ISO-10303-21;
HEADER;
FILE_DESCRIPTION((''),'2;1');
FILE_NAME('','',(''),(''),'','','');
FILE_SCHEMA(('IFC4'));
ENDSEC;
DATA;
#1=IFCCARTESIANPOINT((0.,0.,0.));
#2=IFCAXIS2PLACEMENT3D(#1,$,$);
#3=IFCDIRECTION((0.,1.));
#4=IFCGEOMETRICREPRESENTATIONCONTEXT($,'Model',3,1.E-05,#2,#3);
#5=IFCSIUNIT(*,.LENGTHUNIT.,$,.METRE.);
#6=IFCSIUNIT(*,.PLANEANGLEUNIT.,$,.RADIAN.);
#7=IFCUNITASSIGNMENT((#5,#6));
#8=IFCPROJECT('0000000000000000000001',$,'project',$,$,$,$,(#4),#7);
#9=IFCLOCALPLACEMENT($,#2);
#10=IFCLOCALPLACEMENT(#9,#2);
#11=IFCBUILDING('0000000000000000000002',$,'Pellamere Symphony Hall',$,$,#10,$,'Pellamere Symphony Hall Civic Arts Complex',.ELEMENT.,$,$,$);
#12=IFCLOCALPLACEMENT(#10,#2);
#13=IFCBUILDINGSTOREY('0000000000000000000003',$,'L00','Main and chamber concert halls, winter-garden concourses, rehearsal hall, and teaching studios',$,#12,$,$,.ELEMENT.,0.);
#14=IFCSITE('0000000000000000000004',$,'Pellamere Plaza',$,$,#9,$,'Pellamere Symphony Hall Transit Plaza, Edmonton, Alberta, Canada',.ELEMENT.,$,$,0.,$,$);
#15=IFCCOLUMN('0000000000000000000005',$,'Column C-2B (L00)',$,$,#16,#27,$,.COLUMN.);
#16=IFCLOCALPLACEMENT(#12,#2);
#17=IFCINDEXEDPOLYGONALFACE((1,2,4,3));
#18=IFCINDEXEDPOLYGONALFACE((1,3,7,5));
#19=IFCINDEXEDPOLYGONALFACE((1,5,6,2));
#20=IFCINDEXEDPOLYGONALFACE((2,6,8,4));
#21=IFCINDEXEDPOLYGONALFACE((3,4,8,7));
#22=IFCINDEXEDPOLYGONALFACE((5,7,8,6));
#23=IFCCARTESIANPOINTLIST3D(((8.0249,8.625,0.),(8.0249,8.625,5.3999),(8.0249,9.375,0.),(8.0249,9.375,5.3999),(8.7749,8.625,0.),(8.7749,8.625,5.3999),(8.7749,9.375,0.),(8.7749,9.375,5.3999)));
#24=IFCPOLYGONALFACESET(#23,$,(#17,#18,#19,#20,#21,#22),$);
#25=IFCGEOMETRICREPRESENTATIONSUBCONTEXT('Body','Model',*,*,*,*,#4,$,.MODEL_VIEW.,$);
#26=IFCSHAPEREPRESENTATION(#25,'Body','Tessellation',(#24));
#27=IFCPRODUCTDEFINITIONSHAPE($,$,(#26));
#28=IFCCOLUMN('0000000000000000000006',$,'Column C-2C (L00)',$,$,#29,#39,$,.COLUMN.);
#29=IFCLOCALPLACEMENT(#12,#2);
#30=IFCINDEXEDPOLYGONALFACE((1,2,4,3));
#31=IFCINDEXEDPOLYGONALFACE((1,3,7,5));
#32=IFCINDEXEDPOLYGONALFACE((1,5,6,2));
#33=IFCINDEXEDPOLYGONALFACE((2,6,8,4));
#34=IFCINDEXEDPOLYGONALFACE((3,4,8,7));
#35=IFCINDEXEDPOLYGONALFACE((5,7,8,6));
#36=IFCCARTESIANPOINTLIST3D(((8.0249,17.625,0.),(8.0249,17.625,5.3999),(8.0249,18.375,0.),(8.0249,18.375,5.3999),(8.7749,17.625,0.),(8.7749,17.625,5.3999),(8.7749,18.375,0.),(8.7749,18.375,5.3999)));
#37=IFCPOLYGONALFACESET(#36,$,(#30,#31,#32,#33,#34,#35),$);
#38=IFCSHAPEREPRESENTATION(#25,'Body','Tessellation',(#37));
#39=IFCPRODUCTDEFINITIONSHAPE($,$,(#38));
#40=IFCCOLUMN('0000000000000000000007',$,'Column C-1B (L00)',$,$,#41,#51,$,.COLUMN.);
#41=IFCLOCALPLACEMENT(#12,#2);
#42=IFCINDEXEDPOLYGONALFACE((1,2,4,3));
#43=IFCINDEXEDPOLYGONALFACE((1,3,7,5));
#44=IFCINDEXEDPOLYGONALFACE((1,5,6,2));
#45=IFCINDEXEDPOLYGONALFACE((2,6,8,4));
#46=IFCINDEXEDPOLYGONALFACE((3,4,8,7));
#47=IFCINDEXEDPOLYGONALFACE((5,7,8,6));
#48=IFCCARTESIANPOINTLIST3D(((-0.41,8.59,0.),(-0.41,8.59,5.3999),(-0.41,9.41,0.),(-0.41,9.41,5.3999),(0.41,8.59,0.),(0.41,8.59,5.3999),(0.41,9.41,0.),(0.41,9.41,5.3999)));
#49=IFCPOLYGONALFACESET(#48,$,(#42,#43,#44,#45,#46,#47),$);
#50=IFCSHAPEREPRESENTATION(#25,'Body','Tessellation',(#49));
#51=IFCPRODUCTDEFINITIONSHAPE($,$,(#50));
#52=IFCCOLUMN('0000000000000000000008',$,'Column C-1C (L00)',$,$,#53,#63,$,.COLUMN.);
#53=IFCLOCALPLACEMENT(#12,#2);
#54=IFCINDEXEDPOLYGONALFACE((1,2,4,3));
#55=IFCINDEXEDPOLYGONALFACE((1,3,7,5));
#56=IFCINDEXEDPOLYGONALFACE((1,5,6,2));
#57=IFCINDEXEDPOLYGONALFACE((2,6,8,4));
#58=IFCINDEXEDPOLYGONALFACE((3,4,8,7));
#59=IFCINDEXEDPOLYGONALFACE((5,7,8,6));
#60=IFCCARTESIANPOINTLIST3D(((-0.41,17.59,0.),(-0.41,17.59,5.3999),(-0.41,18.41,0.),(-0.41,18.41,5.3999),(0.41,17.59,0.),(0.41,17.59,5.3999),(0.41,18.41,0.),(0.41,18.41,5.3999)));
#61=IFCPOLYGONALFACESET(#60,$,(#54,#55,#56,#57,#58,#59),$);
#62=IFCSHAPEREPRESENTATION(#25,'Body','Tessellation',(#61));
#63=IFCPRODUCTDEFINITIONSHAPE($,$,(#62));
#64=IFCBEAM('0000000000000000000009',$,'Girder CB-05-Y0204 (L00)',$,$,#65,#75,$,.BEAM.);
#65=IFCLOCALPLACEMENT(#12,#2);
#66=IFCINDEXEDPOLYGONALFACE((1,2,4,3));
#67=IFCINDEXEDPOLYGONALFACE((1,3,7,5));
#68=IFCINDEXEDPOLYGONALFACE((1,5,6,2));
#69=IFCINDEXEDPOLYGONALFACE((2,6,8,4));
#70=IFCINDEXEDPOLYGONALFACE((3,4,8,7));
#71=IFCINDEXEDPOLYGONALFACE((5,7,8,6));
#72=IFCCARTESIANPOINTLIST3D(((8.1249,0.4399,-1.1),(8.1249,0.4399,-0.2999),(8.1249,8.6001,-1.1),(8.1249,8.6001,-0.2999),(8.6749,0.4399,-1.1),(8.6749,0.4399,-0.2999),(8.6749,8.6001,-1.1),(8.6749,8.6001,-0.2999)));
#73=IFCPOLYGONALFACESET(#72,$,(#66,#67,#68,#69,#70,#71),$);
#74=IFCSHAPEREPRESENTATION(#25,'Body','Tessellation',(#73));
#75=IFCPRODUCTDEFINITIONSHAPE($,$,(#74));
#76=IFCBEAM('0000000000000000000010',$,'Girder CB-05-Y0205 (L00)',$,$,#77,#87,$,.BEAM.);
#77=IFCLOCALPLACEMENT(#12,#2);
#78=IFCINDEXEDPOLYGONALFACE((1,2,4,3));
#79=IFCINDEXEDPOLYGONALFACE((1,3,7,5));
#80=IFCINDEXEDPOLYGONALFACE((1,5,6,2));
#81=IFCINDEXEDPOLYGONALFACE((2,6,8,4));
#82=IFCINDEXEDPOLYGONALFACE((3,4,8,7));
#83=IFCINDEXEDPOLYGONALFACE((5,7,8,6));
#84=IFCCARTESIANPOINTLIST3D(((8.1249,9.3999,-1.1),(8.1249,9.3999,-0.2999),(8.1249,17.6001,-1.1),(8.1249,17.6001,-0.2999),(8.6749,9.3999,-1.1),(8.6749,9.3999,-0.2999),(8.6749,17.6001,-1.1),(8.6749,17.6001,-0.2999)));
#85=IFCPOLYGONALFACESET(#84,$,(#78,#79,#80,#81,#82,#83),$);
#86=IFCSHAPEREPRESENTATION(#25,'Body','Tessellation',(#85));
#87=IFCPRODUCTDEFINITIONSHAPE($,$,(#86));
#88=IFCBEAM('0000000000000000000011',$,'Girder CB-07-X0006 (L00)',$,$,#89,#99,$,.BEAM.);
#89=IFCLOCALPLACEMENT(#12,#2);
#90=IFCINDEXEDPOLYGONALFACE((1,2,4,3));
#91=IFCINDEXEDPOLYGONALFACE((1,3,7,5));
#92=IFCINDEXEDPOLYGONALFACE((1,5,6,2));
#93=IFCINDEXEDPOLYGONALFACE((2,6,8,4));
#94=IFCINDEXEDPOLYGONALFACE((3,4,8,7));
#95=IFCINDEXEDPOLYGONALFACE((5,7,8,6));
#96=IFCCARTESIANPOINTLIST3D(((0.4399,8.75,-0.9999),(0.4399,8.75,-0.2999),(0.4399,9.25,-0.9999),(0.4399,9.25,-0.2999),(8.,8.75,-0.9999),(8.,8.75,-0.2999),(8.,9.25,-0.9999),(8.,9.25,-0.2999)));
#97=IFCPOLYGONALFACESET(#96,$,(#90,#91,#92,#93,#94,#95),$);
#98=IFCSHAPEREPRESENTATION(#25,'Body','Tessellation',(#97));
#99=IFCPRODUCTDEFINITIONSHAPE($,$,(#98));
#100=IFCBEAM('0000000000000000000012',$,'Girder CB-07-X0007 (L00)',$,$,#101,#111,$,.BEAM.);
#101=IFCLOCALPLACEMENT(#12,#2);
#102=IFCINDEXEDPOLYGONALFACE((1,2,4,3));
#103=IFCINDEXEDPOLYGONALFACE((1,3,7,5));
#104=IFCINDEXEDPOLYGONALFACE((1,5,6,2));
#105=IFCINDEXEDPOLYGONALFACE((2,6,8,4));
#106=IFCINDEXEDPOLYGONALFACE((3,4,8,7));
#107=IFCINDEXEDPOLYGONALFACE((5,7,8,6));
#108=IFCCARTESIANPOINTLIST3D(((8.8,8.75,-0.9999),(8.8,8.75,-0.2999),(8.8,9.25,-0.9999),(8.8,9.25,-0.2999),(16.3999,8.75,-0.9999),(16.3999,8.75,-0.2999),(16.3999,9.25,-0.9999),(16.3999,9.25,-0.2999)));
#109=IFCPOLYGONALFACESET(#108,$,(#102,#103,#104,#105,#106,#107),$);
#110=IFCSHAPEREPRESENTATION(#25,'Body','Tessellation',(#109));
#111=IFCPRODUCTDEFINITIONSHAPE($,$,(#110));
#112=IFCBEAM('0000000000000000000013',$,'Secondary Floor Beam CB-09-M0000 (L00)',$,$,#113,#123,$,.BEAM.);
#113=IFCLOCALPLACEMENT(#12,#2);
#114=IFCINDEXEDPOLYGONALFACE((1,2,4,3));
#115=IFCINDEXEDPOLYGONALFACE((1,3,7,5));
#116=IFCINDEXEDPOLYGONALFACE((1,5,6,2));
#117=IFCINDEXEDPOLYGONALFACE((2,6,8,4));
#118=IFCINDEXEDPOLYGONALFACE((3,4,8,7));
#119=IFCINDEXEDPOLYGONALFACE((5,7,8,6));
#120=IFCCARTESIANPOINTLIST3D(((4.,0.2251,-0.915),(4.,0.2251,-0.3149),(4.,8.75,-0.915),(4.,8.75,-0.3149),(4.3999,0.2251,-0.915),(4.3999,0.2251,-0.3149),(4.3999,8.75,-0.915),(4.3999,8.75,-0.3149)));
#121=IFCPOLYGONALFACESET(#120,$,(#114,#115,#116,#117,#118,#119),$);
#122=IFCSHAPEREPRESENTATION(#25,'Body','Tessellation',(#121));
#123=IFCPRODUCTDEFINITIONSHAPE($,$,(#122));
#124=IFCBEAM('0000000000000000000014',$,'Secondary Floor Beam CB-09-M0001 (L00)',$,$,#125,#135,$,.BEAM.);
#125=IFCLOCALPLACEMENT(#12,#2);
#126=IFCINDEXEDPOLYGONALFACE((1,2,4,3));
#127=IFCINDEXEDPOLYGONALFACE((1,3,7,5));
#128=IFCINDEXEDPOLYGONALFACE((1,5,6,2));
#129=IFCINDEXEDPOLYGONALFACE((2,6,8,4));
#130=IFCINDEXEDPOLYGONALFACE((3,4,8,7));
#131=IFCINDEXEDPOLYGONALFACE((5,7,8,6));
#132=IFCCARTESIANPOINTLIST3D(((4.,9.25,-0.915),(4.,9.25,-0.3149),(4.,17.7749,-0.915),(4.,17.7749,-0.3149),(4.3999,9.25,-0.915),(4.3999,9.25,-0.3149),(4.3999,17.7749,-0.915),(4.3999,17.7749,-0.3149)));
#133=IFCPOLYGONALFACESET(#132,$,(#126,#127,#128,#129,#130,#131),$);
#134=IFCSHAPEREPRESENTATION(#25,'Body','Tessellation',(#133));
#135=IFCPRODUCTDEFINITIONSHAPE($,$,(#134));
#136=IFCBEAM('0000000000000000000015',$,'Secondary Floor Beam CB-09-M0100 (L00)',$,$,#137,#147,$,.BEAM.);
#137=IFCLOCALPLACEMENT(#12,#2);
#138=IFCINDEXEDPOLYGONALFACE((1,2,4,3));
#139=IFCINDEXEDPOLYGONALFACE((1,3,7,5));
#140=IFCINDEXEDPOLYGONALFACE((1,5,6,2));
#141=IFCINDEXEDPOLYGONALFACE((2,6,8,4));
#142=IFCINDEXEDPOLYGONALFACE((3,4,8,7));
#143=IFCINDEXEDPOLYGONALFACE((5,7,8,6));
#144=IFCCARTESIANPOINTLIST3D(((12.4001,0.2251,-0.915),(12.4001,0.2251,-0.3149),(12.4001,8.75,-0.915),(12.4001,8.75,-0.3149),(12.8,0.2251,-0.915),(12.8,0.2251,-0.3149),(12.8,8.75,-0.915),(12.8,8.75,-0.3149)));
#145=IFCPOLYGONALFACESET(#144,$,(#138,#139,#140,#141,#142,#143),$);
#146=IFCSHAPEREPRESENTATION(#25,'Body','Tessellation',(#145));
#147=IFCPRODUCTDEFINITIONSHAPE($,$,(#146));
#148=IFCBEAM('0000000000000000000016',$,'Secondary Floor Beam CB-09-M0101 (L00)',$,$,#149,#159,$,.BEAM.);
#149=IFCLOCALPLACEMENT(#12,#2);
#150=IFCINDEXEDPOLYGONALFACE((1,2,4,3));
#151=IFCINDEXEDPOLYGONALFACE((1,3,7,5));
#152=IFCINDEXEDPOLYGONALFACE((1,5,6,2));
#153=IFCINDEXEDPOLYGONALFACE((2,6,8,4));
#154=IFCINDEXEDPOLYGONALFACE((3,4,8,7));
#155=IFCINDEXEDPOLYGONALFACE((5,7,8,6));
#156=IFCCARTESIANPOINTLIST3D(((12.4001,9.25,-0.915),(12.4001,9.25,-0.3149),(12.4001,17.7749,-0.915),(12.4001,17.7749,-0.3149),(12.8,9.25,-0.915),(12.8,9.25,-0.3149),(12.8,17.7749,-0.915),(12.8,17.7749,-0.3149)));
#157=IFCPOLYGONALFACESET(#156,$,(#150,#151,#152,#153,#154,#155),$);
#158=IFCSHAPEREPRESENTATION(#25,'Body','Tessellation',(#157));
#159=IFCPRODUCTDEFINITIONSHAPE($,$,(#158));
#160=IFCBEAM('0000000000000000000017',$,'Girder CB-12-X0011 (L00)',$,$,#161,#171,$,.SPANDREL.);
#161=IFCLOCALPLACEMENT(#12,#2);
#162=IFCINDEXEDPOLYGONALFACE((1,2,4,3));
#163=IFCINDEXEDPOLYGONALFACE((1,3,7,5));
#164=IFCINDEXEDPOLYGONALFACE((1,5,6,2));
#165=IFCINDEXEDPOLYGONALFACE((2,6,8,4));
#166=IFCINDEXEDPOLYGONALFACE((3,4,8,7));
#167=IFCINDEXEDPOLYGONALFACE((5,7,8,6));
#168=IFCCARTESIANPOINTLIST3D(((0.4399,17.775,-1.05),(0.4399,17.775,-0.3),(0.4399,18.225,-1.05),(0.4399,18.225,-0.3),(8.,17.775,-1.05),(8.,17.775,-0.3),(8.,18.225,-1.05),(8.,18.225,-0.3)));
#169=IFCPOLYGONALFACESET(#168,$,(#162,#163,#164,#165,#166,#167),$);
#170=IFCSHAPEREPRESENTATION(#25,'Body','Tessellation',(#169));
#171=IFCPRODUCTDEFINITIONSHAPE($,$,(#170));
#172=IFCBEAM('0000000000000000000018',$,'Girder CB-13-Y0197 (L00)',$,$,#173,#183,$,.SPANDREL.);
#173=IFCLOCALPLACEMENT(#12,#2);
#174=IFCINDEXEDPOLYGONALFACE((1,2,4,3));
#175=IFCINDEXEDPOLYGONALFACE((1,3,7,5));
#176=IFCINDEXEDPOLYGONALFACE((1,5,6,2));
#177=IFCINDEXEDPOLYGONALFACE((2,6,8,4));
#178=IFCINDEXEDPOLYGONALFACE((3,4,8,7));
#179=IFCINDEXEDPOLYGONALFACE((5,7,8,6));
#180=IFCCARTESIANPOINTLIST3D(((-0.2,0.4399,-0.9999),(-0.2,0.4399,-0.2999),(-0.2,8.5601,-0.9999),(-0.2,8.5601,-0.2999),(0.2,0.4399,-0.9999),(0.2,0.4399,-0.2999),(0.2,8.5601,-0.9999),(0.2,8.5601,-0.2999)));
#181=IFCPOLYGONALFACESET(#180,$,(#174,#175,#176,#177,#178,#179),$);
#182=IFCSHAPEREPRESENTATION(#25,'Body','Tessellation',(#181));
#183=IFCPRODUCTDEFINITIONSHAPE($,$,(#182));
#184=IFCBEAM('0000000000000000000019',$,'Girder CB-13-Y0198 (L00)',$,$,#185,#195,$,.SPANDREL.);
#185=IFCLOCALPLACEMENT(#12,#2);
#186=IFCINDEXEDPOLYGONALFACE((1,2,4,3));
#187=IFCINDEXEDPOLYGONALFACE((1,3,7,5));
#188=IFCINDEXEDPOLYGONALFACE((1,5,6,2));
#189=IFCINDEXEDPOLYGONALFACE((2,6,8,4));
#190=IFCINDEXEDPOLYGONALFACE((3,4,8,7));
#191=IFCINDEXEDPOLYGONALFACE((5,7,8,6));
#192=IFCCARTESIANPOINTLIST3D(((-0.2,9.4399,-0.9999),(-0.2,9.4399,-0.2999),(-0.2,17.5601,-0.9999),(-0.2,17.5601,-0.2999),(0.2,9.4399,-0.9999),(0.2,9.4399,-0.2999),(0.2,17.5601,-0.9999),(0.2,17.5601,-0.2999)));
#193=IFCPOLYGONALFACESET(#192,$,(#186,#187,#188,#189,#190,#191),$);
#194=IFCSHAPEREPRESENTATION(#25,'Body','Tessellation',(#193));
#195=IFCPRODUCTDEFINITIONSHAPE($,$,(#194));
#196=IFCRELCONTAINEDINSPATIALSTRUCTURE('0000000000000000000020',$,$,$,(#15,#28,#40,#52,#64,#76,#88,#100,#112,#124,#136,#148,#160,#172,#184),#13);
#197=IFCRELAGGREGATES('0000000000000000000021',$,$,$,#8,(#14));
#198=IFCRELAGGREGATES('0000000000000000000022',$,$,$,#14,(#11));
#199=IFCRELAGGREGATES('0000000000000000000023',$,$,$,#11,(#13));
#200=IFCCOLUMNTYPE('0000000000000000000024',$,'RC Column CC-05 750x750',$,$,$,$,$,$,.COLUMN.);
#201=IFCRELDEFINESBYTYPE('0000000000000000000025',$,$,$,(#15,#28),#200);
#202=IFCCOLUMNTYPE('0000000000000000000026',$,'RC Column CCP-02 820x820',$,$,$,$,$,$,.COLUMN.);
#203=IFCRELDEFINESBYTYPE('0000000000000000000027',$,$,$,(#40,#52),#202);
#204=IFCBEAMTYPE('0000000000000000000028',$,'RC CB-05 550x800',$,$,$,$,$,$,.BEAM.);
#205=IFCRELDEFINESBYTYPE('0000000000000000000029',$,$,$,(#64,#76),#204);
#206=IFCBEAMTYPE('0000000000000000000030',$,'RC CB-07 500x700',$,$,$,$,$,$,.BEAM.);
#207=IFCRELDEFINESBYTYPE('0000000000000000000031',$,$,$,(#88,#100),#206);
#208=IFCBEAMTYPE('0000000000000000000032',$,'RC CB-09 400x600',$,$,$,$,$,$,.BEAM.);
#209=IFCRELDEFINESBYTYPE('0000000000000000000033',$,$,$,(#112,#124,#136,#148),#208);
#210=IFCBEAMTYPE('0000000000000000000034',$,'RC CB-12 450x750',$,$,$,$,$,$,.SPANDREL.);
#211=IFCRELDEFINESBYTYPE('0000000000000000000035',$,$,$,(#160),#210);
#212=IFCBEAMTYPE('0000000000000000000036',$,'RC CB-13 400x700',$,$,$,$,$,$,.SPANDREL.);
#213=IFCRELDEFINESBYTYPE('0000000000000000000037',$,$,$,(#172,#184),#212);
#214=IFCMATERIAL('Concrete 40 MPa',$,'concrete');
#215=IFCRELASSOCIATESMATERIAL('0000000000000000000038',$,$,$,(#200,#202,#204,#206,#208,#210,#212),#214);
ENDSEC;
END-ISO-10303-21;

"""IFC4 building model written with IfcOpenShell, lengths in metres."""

from ifc_helpers import new_model, si_unit, direction, frame, origin, origin_2d, place, context, subcontext, project, spatial, rectangle, extrude, material, material_profile, profile_set, type_object, element, save


model = new_model("IFC4")

# Units and contexts
model_context = context("Model", 3, precision=1e-05, world=origin(), true_north=direction((0.0, 1.0)))
body_context = subcontext(model_context, "Body", "Model", "MODEL_VIEW")
ifc_project = project(units=[si_unit("LENGTHUNIT", "METRE"), si_unit("PLANEANGLEUNIT", "RADIAN")], contexts=[model_context])

# Site, building, storey
site_placement = place(None, origin())
site = spatial("IfcSite", under=ifc_project, at=site_placement, Name="Pellamere Plaza", LongName="Pellamere Symphony Hall Transit Plaza, Edmonton, Alberta, Canada", CompositionType="ELEMENT", RefElevation=0.0)
building_placement = place(site_placement, origin())
building = spatial("IfcBuilding", under=site, at=building_placement, Name="Pellamere Symphony Hall", LongName="Pellamere Symphony Hall Civic Arts Complex", CompositionType="ELEMENT")
storey_placement = place(building_placement, origin())
storey = spatial("IfcBuildingStorey", under=building, at=storey_placement, Name="L00", Description="Main and chamber concert halls, winter-garden concourses, rehearsal hall, and teaching studios", CompositionType="ELEMENT", Elevation=0.0)

# Columns
ifc_material_1 = material(Name="Concrete 40 MPa", Category="concrete")
ifc_material_profile_1 = material_profile(ifc_material_1, rectangle(XDim=0.75, YDim=0.75, at=origin_2d()), Name="RC 750x750")
ifc_profile_set_1 = profile_set([ifc_material_profile_1], Name="Concrete 40 MPa")
column_type_1 = type_object("IfcColumnType", Name="RC Column CC-05 750x750", PredefinedType="COLUMN", material=ifc_profile_set_1)
for number, where, z_axis, x_axis, name in (
    (1, (8.3999, 9.0, 0.0), (0.0, 0.0, 1.0), (1.0, 0.0, 0.0), "Column C-2B (L00)"),
    (2, (8.3999, 18.0, 0.0), (0.0, 0.0, 1.0), (1.0, 0.0, 0.0), "Column C-2C (L00)"),
):
    element("IfcColumn", number, at=place(storey_placement, frame(where, z_axis=z_axis, x_axis=x_axis)), inside=storey, type_object=column_type_1, Name=name, PredefinedType="COLUMN", context=body_context, shape_type="SweptSolid", body=[
        extrude(rectangle(XDim=0.75, YDim=0.75, at=origin_2d()), origin(), (0.0, 0.0, 1.0), 5.3999),
    ])
ifc_material_profile_2 = material_profile(ifc_material_1, rectangle(XDim=0.8201, YDim=0.8201, at=origin_2d()), Name="RC 820x820")
ifc_profile_set_2 = profile_set([ifc_material_profile_2], Name="Concrete 40 MPa")
column_type_2 = type_object("IfcColumnType", Name="RC Column CCP-02 820x820", PredefinedType="COLUMN", material=ifc_profile_set_2)
for number, where, z_axis, x_axis, name in (
    (3, (0.0, 9.0, 0.0), (0.0, 0.0, 1.0), (1.0, 0.0, 0.0), "Column C-1B (L00)"),
    (4, (0.0, 18.0, 0.0), (0.0, 0.0, 1.0), (1.0, 0.0, 0.0), "Column C-1C (L00)"),
):
    element("IfcColumn", number, at=place(storey_placement, frame(where, z_axis=z_axis, x_axis=x_axis)), inside=storey, type_object=column_type_2, Name=name, PredefinedType="COLUMN", context=body_context, shape_type="SweptSolid", body=[
        extrude(rectangle(XDim=0.8201, YDim=0.8201, at=origin_2d()), origin(), (0.0, 0.0, 1.0), 5.3999),
    ])

# Beams
ifc_material_profile_3 = material_profile(ifc_material_1, rectangle(XDim=0.55, YDim=0.8, at=origin_2d()), Name="RC 550x800")
ifc_profile_set_3 = profile_set([ifc_material_profile_3], Name="Concrete 40 MPa")
beam_type_1 = type_object("IfcBeamType", Name="RC CB-05 550x800", PredefinedType="BEAM", material=ifc_profile_set_3)
beam_1_placement = place(storey_placement, frame((8.3999, 0.4399, -0.7), z_axis=(0.0, 1.0, 0.0), x_axis=(-1.0, 0.0, 0.0)))
element("IfcBeam", 5, at=beam_1_placement, inside=storey, type_object=beam_type_1, Name="Girder CB-05-Y0204 (L00)", PredefinedType="BEAM", context=body_context, shape_type="SweptSolid", body=[
    extrude(rectangle(XDim=0.55, YDim=0.8, at=origin_2d()), origin(), (0.0, 0.0, 1.0), 8.1602),
])
beam_2_placement = place(storey_placement, frame((8.3999, 9.3999, -0.7), z_axis=(0.0, 1.0, 0.0), x_axis=(-1.0, 0.0, 0.0)))
element("IfcBeam", 6, at=beam_2_placement, inside=storey, type_object=beam_type_1, Name="Girder CB-05-Y0205 (L00)", PredefinedType="BEAM", context=body_context, shape_type="SweptSolid", body=[
    extrude(rectangle(XDim=0.55, YDim=0.8, at=origin_2d()), origin(), (0.0, 0.0, 1.0), 8.2002),
])
ifc_material_profile_4 = material_profile(ifc_material_1, rectangle(XDim=0.5, YDim=0.7, at=origin_2d()), Name="RC 500x700")
ifc_profile_set_4 = profile_set([ifc_material_profile_4], Name="Concrete 40 MPa")
beam_type_2 = type_object("IfcBeamType", Name="RC CB-07 500x700", PredefinedType="BEAM", material=ifc_profile_set_4)
beam_3_placement = place(storey_placement, frame((0.4399, 9.0, -0.6499), z_axis=(1.0, 0.0, 0.0), x_axis=(0.0, 1.0, 0.0)))
element("IfcBeam", 7, at=beam_3_placement, inside=storey, type_object=beam_type_2, Name="Girder CB-07-X0006 (L00)", PredefinedType="BEAM", context=body_context, shape_type="SweptSolid", body=[
    extrude(rectangle(XDim=0.5, YDim=0.7, at=origin_2d()), origin(), (0.0, 0.0, 1.0), 7.5601),
])
beam_4_placement = place(storey_placement, frame((8.8, 9.0, -0.6499), z_axis=(1.0, 0.0, 0.0), x_axis=(0.0, 1.0, 0.0)))
element("IfcBeam", 8, at=beam_4_placement, inside=storey, type_object=beam_type_2, Name="Girder CB-07-X0007 (L00)", PredefinedType="BEAM", context=body_context, shape_type="SweptSolid", body=[
    extrude(rectangle(XDim=0.5, YDim=0.7, at=origin_2d()), origin(), (0.0, 0.0, 1.0), 7.5999),
])
ifc_material_profile_5 = material_profile(ifc_material_1, rectangle(XDim=0.3999, YDim=0.6001, at=origin_2d()), Name="RC 400x600")
ifc_profile_set_5 = profile_set([ifc_material_profile_5], Name="Concrete 40 MPa")
beam_type_3 = type_object("IfcBeamType", Name="RC CB-09 400x600", PredefinedType="BEAM", material=ifc_profile_set_5)
for number, where, z_axis, x_axis, name in (
    (9, (4.2, 0.2251, -0.615), (0.0, 1.0, 0.0), (-1.0, 0.0, 0.0), "Secondary Floor Beam CB-09-M0000 (L00)"),
    (10, (4.2, 9.25, -0.615), (0.0, 1.0, 0.0), (-1.0, 0.0, 0.0), "Secondary Floor Beam CB-09-M0001 (L00)"),
    (11, (12.6001, 0.2251, -0.615), (0.0, 1.0, 0.0), (-1.0, 0.0, 0.0), "Secondary Floor Beam CB-09-M0100 (L00)"),
    (12, (12.6001, 9.25, -0.615), (0.0, 1.0, 0.0), (-1.0, 0.0, 0.0), "Secondary Floor Beam CB-09-M0101 (L00)"),
):
    element("IfcBeam", number, at=place(storey_placement, frame(where, z_axis=z_axis, x_axis=x_axis)), inside=storey, type_object=beam_type_3, Name=name, PredefinedType="BEAM", context=body_context, shape_type="SweptSolid", body=[
        extrude(rectangle(XDim=0.3999, YDim=0.6001, at=origin_2d()), origin(), (0.0, 0.0, 1.0), 8.5249),
    ])
ifc_material_profile_6 = material_profile(ifc_material_1, rectangle(XDim=0.45, YDim=0.75, at=origin_2d()), Name="RC 450x750")
ifc_profile_set_6 = profile_set([ifc_material_profile_6], Name="Concrete 40 MPa")
beam_type_4 = type_object("IfcBeamType", Name="RC CB-12 450x750", PredefinedType="SPANDREL", material=ifc_profile_set_6)
beam_5_placement = place(storey_placement, frame((0.4399, 18.0, -0.675), z_axis=(1.0, 0.0, 0.0), x_axis=(0.0, 1.0, 0.0)))
element("IfcBeam", 13, at=beam_5_placement, inside=storey, type_object=beam_type_4, Name="Girder CB-12-X0011 (L00)", PredefinedType="SPANDREL", context=body_context, shape_type="SweptSolid", body=[
    extrude(rectangle(XDim=0.45, YDim=0.75, at=origin_2d()), origin(), (0.0, 0.0, 1.0), 7.5601),
])
ifc_material_profile_7 = material_profile(ifc_material_1, rectangle(XDim=0.3999, YDim=0.7, at=origin_2d()), Name="RC 400x700")
ifc_profile_set_7 = profile_set([ifc_material_profile_7], Name="Concrete 40 MPa")
beam_type_5 = type_object("IfcBeamType", Name="RC CB-13 400x700", PredefinedType="SPANDREL", material=ifc_profile_set_7)
for number, where, z_axis, x_axis, name in (
    (14, (0.0, 0.4399, -0.6499), (0.0, 1.0, 0.0), (-1.0, 0.0, 0.0), "Girder CB-13-Y0197 (L00)"),
    (15, (0.0, 9.4399, -0.6499), (0.0, 1.0, 0.0), (-1.0, 0.0, 0.0), "Girder CB-13-Y0198 (L00)"),
):
    element("IfcBeam", number, at=place(storey_placement, frame(where, z_axis=z_axis, x_axis=x_axis)), inside=storey, type_object=beam_type_5, Name=name, PredefinedType="SPANDREL", context=body_context, shape_type="SweptSolid", body=[
        extrude(rectangle(XDim=0.3999, YDim=0.7, at=origin_2d()), origin(), (0.0, 0.0, 1.0), 8.1201),
    ])

save(model, "model.ifc")
